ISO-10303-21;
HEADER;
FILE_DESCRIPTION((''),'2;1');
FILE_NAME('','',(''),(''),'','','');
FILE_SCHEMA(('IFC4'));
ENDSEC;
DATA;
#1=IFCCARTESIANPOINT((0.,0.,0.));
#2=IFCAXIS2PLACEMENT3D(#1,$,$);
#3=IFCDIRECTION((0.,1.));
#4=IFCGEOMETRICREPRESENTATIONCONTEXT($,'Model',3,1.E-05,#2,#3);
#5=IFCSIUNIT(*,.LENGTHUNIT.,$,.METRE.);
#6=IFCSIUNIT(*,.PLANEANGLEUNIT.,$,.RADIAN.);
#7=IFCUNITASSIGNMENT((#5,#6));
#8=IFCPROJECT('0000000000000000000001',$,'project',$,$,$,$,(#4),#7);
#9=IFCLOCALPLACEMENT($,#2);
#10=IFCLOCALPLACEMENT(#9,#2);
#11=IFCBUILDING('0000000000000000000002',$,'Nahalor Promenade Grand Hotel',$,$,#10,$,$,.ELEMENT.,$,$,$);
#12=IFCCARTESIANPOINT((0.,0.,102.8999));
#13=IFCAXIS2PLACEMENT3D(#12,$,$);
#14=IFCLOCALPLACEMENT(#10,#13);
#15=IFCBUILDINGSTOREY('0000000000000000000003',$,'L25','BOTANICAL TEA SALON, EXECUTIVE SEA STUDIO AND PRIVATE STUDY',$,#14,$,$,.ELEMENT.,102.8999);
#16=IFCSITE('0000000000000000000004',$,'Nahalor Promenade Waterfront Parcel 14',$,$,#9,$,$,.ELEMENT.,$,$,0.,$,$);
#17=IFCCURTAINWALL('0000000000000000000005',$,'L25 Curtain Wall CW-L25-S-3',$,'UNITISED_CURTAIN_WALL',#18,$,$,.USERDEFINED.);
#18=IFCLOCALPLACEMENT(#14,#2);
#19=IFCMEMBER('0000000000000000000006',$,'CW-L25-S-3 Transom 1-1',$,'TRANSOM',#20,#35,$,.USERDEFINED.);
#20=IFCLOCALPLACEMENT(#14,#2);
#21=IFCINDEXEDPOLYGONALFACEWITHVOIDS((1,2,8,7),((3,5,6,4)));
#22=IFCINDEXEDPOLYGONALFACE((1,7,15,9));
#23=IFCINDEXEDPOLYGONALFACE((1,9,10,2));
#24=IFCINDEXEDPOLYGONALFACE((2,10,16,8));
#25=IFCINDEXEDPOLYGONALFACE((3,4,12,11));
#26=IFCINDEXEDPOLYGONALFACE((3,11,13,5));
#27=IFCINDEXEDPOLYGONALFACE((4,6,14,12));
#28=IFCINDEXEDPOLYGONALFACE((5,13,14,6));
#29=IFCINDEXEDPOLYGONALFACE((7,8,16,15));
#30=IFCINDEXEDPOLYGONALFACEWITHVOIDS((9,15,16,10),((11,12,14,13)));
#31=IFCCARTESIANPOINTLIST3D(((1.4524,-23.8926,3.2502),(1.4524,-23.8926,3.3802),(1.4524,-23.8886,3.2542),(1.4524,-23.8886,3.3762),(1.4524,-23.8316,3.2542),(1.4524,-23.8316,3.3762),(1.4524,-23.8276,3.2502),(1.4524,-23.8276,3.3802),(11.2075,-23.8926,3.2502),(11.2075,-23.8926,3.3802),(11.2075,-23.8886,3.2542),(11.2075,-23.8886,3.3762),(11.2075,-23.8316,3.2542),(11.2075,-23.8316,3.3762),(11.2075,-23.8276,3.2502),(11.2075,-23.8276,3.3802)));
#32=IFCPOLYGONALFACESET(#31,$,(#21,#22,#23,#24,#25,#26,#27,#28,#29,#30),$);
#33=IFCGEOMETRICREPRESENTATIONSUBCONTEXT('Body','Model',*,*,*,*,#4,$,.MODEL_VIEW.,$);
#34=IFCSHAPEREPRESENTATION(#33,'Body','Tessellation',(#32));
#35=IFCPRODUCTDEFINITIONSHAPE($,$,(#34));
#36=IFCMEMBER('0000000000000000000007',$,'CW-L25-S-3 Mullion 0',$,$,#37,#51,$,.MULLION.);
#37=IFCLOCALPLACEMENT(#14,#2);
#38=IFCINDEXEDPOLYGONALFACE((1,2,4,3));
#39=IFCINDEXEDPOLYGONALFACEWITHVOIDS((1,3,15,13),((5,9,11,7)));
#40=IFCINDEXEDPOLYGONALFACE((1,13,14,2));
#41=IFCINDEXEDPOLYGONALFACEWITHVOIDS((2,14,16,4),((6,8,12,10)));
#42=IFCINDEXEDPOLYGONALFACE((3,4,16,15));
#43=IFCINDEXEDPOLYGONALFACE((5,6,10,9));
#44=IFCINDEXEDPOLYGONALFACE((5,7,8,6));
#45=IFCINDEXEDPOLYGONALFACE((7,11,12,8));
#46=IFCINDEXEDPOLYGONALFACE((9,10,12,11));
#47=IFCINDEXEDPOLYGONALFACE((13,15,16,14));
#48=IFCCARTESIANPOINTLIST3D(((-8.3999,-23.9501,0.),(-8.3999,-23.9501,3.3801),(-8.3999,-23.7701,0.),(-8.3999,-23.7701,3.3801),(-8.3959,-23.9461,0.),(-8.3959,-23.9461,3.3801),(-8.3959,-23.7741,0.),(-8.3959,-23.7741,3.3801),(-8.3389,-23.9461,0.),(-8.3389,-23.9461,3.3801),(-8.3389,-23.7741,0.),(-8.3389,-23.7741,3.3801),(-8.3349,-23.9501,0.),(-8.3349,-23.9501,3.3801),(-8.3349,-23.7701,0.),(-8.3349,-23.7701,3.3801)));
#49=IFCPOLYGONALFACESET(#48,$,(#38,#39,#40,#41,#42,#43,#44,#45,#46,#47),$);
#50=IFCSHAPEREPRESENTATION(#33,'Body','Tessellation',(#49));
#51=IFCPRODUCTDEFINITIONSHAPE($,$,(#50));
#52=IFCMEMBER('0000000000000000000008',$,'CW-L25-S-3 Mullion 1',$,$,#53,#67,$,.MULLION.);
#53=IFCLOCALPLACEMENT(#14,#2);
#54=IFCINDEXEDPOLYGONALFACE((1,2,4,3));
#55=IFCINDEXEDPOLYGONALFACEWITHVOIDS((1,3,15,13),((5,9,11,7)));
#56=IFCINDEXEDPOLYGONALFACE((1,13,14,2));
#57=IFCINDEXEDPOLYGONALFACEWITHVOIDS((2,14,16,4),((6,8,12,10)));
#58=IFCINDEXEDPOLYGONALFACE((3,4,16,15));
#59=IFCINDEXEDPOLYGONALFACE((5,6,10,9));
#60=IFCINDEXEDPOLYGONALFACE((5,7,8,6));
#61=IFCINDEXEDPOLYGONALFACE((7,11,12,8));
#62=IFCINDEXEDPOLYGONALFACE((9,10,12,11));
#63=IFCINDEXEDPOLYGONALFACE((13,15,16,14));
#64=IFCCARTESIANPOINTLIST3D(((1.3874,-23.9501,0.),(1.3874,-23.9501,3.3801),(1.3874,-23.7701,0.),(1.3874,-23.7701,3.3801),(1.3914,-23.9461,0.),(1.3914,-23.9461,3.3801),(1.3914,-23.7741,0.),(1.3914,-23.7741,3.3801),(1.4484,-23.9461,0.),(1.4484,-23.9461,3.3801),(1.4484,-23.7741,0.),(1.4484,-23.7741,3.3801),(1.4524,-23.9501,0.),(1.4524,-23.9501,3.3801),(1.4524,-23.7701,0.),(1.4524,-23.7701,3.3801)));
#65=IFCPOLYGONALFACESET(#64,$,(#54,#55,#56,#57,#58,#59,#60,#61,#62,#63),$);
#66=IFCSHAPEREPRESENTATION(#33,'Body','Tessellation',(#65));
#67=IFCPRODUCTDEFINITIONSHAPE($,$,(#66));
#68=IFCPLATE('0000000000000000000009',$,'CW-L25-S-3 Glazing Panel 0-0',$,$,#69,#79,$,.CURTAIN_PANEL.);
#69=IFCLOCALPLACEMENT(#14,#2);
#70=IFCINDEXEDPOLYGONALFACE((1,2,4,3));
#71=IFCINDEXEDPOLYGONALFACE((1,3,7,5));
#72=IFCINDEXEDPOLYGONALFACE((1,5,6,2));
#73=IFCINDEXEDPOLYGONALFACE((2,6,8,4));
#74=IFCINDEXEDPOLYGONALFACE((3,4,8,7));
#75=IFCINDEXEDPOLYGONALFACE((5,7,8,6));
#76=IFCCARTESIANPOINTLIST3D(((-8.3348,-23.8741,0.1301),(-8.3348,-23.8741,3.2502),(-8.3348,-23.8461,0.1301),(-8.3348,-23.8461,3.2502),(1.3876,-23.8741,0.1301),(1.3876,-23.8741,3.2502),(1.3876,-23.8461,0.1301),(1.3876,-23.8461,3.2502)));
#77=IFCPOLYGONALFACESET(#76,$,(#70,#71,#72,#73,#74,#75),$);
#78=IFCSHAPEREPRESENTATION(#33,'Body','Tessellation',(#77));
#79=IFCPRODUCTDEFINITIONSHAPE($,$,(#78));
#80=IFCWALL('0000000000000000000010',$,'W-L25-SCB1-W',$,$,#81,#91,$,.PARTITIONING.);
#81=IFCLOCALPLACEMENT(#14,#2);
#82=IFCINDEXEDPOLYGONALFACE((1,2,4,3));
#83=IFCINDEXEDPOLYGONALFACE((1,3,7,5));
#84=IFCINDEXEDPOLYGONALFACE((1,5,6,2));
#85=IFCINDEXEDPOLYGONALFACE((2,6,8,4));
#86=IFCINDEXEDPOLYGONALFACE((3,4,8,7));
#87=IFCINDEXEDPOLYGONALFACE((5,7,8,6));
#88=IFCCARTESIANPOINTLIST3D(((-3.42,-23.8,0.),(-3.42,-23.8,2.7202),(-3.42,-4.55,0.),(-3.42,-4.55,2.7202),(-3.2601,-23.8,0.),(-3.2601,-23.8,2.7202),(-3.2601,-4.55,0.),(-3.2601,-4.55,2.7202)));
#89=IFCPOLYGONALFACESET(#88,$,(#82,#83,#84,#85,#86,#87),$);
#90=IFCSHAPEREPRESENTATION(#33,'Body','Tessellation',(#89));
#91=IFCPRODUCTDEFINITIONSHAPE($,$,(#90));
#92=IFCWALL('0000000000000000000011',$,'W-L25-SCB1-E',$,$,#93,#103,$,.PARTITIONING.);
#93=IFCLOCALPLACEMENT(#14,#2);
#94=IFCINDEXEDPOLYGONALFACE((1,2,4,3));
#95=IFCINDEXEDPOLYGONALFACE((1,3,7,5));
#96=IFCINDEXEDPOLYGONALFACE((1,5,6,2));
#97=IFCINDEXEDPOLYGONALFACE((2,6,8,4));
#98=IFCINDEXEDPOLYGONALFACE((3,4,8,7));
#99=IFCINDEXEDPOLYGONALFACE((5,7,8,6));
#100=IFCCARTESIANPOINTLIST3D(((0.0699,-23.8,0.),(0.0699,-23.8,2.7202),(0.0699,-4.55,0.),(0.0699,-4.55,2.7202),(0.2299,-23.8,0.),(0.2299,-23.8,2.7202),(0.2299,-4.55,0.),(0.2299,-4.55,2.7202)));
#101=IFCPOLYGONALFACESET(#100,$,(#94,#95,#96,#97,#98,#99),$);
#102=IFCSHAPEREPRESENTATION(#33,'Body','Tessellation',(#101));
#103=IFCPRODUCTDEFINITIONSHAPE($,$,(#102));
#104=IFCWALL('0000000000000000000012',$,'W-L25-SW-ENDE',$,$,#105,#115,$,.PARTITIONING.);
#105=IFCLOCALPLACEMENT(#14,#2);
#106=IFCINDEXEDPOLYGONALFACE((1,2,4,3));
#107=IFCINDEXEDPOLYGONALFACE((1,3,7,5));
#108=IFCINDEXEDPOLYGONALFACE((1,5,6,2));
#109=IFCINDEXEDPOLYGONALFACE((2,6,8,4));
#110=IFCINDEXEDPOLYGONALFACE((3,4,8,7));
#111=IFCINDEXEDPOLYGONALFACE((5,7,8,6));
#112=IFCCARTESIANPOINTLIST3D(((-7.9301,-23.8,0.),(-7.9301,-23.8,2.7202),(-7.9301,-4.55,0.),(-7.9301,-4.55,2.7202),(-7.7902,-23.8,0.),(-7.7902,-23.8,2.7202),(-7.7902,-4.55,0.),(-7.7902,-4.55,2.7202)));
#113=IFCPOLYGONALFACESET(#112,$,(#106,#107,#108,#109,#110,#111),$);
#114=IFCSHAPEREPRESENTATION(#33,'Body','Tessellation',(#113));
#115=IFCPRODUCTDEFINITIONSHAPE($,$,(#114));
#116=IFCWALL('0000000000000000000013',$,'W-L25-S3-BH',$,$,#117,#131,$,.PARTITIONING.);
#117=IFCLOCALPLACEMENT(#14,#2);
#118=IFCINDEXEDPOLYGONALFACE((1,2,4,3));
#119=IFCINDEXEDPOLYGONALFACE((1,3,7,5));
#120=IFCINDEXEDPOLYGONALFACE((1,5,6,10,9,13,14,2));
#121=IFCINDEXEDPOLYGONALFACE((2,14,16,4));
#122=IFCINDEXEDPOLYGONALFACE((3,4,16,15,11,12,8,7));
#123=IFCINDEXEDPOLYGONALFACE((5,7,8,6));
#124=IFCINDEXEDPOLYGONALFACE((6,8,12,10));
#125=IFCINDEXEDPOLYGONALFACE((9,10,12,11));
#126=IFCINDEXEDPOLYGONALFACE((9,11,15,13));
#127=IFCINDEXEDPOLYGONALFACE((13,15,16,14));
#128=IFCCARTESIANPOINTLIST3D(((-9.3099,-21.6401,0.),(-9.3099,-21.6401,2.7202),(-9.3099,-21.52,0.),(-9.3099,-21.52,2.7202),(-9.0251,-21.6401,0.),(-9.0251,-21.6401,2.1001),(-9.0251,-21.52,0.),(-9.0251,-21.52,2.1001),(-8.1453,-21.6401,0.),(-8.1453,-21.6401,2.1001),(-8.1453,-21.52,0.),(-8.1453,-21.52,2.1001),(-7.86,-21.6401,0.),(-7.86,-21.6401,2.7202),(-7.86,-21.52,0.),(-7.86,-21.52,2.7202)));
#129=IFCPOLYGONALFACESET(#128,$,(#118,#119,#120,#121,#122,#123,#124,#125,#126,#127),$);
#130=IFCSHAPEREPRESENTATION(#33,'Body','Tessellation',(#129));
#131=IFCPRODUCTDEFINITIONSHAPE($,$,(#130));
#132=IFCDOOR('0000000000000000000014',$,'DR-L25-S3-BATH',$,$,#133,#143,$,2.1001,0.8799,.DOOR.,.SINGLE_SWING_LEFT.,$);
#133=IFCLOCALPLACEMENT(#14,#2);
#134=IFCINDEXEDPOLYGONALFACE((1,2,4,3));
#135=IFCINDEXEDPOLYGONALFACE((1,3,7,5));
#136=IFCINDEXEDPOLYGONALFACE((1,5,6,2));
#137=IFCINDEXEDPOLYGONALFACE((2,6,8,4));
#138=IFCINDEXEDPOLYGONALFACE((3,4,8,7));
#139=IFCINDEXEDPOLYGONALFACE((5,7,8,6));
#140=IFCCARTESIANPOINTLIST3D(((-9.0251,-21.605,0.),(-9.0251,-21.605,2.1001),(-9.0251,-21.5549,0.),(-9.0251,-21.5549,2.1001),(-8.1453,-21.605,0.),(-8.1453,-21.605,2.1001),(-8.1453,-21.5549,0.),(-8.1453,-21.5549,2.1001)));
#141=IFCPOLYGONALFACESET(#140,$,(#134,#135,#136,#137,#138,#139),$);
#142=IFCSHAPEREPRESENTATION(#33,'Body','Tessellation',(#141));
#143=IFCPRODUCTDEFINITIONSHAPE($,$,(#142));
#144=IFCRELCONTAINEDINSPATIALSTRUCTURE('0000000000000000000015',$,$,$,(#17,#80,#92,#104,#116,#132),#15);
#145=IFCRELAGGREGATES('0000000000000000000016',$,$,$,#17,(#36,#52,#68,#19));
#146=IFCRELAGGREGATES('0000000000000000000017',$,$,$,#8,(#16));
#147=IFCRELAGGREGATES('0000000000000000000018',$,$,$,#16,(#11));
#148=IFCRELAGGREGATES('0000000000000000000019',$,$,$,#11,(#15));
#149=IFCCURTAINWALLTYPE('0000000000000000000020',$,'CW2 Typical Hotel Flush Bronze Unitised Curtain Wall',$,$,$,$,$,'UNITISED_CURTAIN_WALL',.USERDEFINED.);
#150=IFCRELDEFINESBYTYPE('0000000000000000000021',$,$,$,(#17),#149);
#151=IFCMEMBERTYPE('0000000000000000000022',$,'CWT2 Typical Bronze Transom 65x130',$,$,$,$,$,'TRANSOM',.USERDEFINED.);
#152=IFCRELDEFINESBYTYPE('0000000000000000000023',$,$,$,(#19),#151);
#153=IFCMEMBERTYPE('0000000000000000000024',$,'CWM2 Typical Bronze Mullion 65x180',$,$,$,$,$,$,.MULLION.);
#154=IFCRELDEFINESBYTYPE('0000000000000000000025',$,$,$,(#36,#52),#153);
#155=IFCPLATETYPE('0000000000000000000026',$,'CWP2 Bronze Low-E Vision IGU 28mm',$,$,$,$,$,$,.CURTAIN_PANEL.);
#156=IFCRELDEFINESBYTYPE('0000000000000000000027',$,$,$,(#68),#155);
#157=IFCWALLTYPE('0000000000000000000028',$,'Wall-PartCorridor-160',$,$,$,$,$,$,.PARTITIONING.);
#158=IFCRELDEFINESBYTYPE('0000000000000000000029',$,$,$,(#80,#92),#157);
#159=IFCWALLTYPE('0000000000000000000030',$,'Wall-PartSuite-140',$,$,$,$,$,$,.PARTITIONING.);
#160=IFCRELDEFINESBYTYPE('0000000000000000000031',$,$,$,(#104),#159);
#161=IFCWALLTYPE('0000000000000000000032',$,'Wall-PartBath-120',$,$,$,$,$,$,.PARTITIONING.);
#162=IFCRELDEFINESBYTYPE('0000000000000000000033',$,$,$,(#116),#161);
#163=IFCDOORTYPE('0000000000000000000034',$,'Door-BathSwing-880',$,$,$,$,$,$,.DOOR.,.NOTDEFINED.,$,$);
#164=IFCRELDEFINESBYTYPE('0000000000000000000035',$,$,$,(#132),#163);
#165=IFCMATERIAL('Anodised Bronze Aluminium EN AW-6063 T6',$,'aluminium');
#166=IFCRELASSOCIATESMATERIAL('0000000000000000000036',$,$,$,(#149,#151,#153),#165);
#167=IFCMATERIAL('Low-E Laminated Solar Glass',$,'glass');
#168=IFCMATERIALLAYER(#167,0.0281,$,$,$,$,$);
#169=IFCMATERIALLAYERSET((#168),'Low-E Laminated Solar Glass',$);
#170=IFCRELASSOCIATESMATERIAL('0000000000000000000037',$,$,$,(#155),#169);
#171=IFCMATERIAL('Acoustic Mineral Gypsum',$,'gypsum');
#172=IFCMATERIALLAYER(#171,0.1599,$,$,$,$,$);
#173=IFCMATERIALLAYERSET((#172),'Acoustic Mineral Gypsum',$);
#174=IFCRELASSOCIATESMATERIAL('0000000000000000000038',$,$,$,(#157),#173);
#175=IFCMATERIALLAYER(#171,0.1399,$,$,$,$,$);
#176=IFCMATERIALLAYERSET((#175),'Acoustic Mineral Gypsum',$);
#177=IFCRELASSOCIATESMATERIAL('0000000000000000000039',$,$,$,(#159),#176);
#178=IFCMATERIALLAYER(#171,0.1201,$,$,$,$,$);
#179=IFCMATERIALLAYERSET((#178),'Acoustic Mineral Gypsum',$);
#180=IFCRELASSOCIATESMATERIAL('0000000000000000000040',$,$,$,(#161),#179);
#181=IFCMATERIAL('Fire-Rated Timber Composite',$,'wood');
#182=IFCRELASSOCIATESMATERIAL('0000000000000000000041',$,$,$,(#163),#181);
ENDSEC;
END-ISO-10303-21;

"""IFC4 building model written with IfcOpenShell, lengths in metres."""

from ifc_helpers import new_model, si_unit, direction, frame, frame_2d, origin, origin_2d, place, context, subcontext, project, spatial, rectangle, hollow_rectangle, extrude, source, transform, mapped, material, layer, layer_set, material_profile, profile_set, type_object, element, fill, aggregate, save


model = new_model("IFC4")

# Units and contexts
model_context = context("Model", 3, precision=1e-05, world=origin(), true_north=direction((0.0, 1.0)))
body_context = subcontext(model_context, "Body", "Model", "MODEL_VIEW")
ifc_project = project(units=[si_unit("LENGTHUNIT", "METRE"), si_unit("PLANEANGLEUNIT", "RADIAN")], contexts=[model_context])

# Site, building, storey
site_placement = place(None, origin())
site = spatial("IfcSite", under=ifc_project, at=site_placement, Name="Nahalor Promenade Waterfront Parcel 14", CompositionType="ELEMENT", RefElevation=0.0)
building_placement = place(site_placement, origin())
building = spatial("IfcBuilding", under=site, at=building_placement, Name="Nahalor Promenade Grand Hotel", CompositionType="ELEMENT")
storey_placement = place(building_placement, frame((0.0, 0.0, 102.8999)))
storey = spatial("IfcBuildingStorey", under=building, at=storey_placement, Name="L25", Description="BOTANICAL TEA SALON, EXECUTIVE SEA STUDIO AND PRIVATE STUDY", CompositionType="ELEMENT", Elevation=102.8999)

# Curtain wall, members, plate
ifc_material_1 = material(Name="Anodised Bronze Aluminium EN AW-6063 T6", Category="aluminium")
curtain_wall_type = type_object("IfcCurtainWallType", Name="CW2 Typical Hotel Flush Bronze Unitised Curtain Wall", ElementType="UNITISED_CURTAIN_WALL", PredefinedType="USERDEFINED", material=ifc_material_1)
curtain_wall_placement = place(storey_placement, origin())
curtain_wall = element("IfcCurtainWall", 1, at=curtain_wall_placement, inside=storey, type_object=curtain_wall_type, Name="L25 Curtain Wall CW-L25-S-3", ObjectType="UNITISED_CURTAIN_WALL", PredefinedType="USERDEFINED")
ifc_material_profile_1 = material_profile(ifc_material_1, hollow_rectangle(XDim=0.065, YDim=0.13, WallThickness=0.004, at=origin_2d()), Name="CWT 65x130x4")
ifc_profile_set_1 = profile_set([ifc_material_profile_1], Name="Anodised Bronze Aluminium EN AW-6063 T6")
member_type_1 = type_object("IfcMemberType", Name="CWT2 Typical Bronze Transom 65x130", ElementType="TRANSOM", PredefinedType="USERDEFINED", material=ifc_profile_set_1)
shared_shape_1 = source(origin(), body_context, "Body", "SweptSolid", [
    extrude(hollow_rectangle(XDim=0.065, YDim=0.13, WallThickness=0.004, at=origin_2d()), origin(), (0.0, 0.0, 1.0), 9.7551),
])
member_1_placement = place(storey_placement, frame((1.4524, -23.8601, 3.3152), z_axis=(1.0, 0.0, 0.0), x_axis=(0.0, 1.0, 0.0)))
member_1 = element("IfcMember", 2, at=member_1_placement, type_object=member_type_1, Name="CW-L25-S-3 Transom 1-1", ObjectType="TRANSOM", PredefinedType="USERDEFINED", context=body_context, shape_type="MappedRepresentation", body=[
    mapped(shared_shape_1, transform((0.0, 0.0, 0.0), scale=1.0)),
])
ifc_material_profile_2 = material_profile(ifc_material_1, hollow_rectangle(XDim=0.065, YDim=0.18, WallThickness=0.004, at=origin_2d()), Name="CWM 65x180x4")
ifc_profile_set_2 = profile_set([ifc_material_profile_2], Name="Anodised Bronze Aluminium EN AW-6063 T6")
member_type_2 = type_object("IfcMemberType", Name="CWM2 Typical Bronze Mullion 65x180", PredefinedType="MULLION", material=ifc_profile_set_2)
shared_shape_2 = source(origin(), body_context, "Body", "SweptSolid", [
    extrude(hollow_rectangle(XDim=0.065, YDim=0.18, WallThickness=0.004, at=origin_2d()), origin(), (0.0, 0.0, 1.0), 3.3801),
])
member_2_placement = place(storey_placement, frame((-8.3674, -23.8601, 0.0), z_axis=(0.0, 0.0, 1.0), x_axis=(1.0, 0.0, 0.0)))
member_2 = element("IfcMember", 3, at=member_2_placement, type_object=member_type_2, Name="CW-L25-S-3 Mullion 0", PredefinedType="MULLION", context=body_context, shape_type="MappedRepresentation", body=[
    mapped(shared_shape_2, transform((0.0, 0.0, 0.0), scale=1.0)),
])
member_3_placement = place(storey_placement, frame((1.4199, -23.8601, 0.0), z_axis=(0.0, 0.0, 1.0), x_axis=(1.0, 0.0, 0.0)))
member_3 = element("IfcMember", 4, at=member_3_placement, type_object=member_type_2, Name="CW-L25-S-3 Mullion 1", PredefinedType="MULLION", context=body_context, shape_type="MappedRepresentation", body=[
    mapped(shared_shape_2, transform((0.0, 0.0, 0.0), scale=1.0)),
])
ifc_material_2 = material(Name="Low-E Laminated Solar Glass", Category="glass")
ifc_layer_1 = layer(ifc_material_2, 0.0281)
ifc_layer_set_1 = layer_set([ifc_layer_1], Name="Low-E Laminated Solar Glass")
plate_type = type_object("IfcPlateType", Name="CWP2 Bronze Low-E Vision IGU 28mm", PredefinedType="CURTAIN_PANEL", material=ifc_layer_set_1)
shared_shape_3 = source(origin(), body_context, "Body", "SweptSolid", [
    extrude(rectangle(XDim=9.7224, YDim=0.0281, at=origin_2d()), origin(), (0.0, 0.0, 1.0), 3.1201),
])
plate_placement = place(storey_placement, frame((-3.4736, -23.8601, 0.1301), z_axis=(0.0, 0.0, 1.0), x_axis=(1.0, 0.0, 0.0)))
plate = element("IfcPlate", 5, at=plate_placement, type_object=plate_type, Name="CW-L25-S-3 Glazing Panel 0-0", PredefinedType="CURTAIN_PANEL", context=body_context, shape_type="MappedRepresentation", body=[
    mapped(shared_shape_3, transform((0.0, 0.0, 0.0), scale=1.0)),
])
aggregate(curtain_wall, [member_2, member_3, plate, member_1])

# Walls
ifc_material_3 = material(Name="Acoustic Mineral Gypsum", Category="gypsum")
ifc_layer_2 = layer(ifc_material_3, 0.1599)
ifc_layer_set_2 = layer_set([ifc_layer_2], Name="Acoustic Mineral Gypsum")
wall_type_1 = type_object("IfcWallType", Name="Wall-PartCorridor-160", PredefinedType="PARTITIONING", material=ifc_layer_set_2)
shared_shape_4 = source(origin(), body_context, "Body", "SweptSolid", [
    extrude(rectangle(XDim=19.25, YDim=0.1599, at=frame_2d((9.625, 0.0))), origin(), (0.0, 0.0, 1.0), 2.7202),
])
for number, where, z_axis, x_axis, name in (
    (6, (-3.3401, -23.8, 0.0), (0.0, 0.0, 1.0), (0.0, 1.0, 0.0), "W-L25-SCB1-W"),
    (7, (0.1499, -23.8, 0.0), (0.0, 0.0, 1.0), (0.0, 1.0, 0.0), "W-L25-SCB1-E"),
):
    element("IfcWall", number, at=place(storey_placement, frame(where, z_axis=z_axis, x_axis=x_axis)), inside=storey, type_object=wall_type_1, Name=name, PredefinedType="PARTITIONING", context=body_context, shape_type="MappedRepresentation", body=[
        mapped(shared_shape_4, transform((0.0, 0.0, 0.0), scale=1.0)),
    ])
ifc_layer_3 = layer(ifc_material_3, 0.1399)
ifc_layer_set_3 = layer_set([ifc_layer_3], Name="Acoustic Mineral Gypsum")
wall_type_2 = type_object("IfcWallType", Name="Wall-PartSuite-140", PredefinedType="PARTITIONING", material=ifc_layer_set_3)
shared_shape_5 = source(origin(), body_context, "Body", "SweptSolid", [
    extrude(rectangle(XDim=19.25, YDim=0.1399, at=frame_2d((9.625, 0.0))), origin(), (0.0, 0.0, 1.0), 2.7202),
])
wall_1_placement = place(storey_placement, frame((-7.8601, -23.8, 0.0), z_axis=(0.0, 0.0, 1.0), x_axis=(0.0, 1.0, 0.0)))
element("IfcWall", 8, at=wall_1_placement, inside=storey, type_object=wall_type_2, Name="W-L25-SW-ENDE", PredefinedType="PARTITIONING", context=body_context, shape_type="MappedRepresentation", body=[
    mapped(shared_shape_5, transform((0.0, 0.0, 0.0), scale=1.0)),
])

# Wall, opening, door
ifc_layer_4 = layer(ifc_material_3, 0.1201)
ifc_layer_set_4 = layer_set([ifc_layer_4], Name="Acoustic Mineral Gypsum")
wall_type_3 = type_object("IfcWallType", Name="Wall-PartBath-120", PredefinedType="PARTITIONING", material=ifc_layer_set_4)
shared_shape_6 = source(origin(), body_context, "Body", "SweptSolid", [
    extrude(rectangle(XDim=1.45, YDim=0.1201, at=frame_2d((0.7251, 0.0))), origin(), (0.0, 0.0, 1.0), 2.7202),
])
wall_2_placement = place(storey_placement, frame((-9.3101, -21.5801, 0.0), z_axis=(0.0, 0.0, 1.0), x_axis=(1.0, 0.0, 0.0)))
wall_2 = element("IfcWall", 9, at=wall_2_placement, inside=storey, type_object=wall_type_3, Name="W-L25-S3-BH", PredefinedType="PARTITIONING", context=body_context, shape_type="MappedRepresentation", body=[
    mapped(shared_shape_6, transform((0.0, 0.0, 0.0), scale=1.0)),
])
opening_placement = place(wall_2_placement, frame((0.2849, 0.0, 0.0)))
opening = element("IfcOpeningElement", 10, at=opening_placement, cuts=wall_2, PredefinedType="OPENING", context=body_context, shape_type="SweptSolid", body=[
    extrude(rectangle(XDim=0.8799, YDim=2.1001, at=frame_2d((0.4399, 1.05))), frame((0.0, 0.0701, 0.0), z_axis=(0.0, -1.0, 0.0), x_axis=(1.0, 0.0, 0.0)), (0.0, 0.0, 1.0), 0.1401),
])
ifc_material_4 = material(Name="Fire-Rated Timber Composite", Category="wood")
door_type = type_object("IfcDoorType", Name="Door-BathSwing-880", OperationType="NOTDEFINED", PredefinedType="DOOR", material=ifc_material_4)
shared_shape_7 = source(origin(), body_context, "Body", "SweptSolid", [
    extrude(rectangle(XDim=0.8799, YDim=2.1001, at=frame_2d((0.4399, 1.05))), frame((0.0, 0.0249, 0.0), z_axis=(0.0, -1.0, 0.0), x_axis=(1.0, 0.0, 0.0)), (0.0, 0.0, 1.0), 0.05),
])
door_placement = place(opening_placement, frame((0.8799, 0.0, 0.0), z_axis=(0.0, 0.0, 1.0), x_axis=(-1.0, 0.0, 0.0)))
door = element("IfcDoor", 11, at=door_placement, inside=storey, type_object=door_type, Name="DR-L25-S3-BATH", OperationType="SINGLE_SWING_LEFT", OverallHeight=2.1001, OverallWidth=0.8799, PredefinedType="DOOR", context=body_context, shape_type="MappedRepresentation", body=[
    mapped(shared_shape_7, transform((0.0, 0.0, 0.0), scale=1.0)),
])
fill(opening, door)

save(model, "model.ifc")
